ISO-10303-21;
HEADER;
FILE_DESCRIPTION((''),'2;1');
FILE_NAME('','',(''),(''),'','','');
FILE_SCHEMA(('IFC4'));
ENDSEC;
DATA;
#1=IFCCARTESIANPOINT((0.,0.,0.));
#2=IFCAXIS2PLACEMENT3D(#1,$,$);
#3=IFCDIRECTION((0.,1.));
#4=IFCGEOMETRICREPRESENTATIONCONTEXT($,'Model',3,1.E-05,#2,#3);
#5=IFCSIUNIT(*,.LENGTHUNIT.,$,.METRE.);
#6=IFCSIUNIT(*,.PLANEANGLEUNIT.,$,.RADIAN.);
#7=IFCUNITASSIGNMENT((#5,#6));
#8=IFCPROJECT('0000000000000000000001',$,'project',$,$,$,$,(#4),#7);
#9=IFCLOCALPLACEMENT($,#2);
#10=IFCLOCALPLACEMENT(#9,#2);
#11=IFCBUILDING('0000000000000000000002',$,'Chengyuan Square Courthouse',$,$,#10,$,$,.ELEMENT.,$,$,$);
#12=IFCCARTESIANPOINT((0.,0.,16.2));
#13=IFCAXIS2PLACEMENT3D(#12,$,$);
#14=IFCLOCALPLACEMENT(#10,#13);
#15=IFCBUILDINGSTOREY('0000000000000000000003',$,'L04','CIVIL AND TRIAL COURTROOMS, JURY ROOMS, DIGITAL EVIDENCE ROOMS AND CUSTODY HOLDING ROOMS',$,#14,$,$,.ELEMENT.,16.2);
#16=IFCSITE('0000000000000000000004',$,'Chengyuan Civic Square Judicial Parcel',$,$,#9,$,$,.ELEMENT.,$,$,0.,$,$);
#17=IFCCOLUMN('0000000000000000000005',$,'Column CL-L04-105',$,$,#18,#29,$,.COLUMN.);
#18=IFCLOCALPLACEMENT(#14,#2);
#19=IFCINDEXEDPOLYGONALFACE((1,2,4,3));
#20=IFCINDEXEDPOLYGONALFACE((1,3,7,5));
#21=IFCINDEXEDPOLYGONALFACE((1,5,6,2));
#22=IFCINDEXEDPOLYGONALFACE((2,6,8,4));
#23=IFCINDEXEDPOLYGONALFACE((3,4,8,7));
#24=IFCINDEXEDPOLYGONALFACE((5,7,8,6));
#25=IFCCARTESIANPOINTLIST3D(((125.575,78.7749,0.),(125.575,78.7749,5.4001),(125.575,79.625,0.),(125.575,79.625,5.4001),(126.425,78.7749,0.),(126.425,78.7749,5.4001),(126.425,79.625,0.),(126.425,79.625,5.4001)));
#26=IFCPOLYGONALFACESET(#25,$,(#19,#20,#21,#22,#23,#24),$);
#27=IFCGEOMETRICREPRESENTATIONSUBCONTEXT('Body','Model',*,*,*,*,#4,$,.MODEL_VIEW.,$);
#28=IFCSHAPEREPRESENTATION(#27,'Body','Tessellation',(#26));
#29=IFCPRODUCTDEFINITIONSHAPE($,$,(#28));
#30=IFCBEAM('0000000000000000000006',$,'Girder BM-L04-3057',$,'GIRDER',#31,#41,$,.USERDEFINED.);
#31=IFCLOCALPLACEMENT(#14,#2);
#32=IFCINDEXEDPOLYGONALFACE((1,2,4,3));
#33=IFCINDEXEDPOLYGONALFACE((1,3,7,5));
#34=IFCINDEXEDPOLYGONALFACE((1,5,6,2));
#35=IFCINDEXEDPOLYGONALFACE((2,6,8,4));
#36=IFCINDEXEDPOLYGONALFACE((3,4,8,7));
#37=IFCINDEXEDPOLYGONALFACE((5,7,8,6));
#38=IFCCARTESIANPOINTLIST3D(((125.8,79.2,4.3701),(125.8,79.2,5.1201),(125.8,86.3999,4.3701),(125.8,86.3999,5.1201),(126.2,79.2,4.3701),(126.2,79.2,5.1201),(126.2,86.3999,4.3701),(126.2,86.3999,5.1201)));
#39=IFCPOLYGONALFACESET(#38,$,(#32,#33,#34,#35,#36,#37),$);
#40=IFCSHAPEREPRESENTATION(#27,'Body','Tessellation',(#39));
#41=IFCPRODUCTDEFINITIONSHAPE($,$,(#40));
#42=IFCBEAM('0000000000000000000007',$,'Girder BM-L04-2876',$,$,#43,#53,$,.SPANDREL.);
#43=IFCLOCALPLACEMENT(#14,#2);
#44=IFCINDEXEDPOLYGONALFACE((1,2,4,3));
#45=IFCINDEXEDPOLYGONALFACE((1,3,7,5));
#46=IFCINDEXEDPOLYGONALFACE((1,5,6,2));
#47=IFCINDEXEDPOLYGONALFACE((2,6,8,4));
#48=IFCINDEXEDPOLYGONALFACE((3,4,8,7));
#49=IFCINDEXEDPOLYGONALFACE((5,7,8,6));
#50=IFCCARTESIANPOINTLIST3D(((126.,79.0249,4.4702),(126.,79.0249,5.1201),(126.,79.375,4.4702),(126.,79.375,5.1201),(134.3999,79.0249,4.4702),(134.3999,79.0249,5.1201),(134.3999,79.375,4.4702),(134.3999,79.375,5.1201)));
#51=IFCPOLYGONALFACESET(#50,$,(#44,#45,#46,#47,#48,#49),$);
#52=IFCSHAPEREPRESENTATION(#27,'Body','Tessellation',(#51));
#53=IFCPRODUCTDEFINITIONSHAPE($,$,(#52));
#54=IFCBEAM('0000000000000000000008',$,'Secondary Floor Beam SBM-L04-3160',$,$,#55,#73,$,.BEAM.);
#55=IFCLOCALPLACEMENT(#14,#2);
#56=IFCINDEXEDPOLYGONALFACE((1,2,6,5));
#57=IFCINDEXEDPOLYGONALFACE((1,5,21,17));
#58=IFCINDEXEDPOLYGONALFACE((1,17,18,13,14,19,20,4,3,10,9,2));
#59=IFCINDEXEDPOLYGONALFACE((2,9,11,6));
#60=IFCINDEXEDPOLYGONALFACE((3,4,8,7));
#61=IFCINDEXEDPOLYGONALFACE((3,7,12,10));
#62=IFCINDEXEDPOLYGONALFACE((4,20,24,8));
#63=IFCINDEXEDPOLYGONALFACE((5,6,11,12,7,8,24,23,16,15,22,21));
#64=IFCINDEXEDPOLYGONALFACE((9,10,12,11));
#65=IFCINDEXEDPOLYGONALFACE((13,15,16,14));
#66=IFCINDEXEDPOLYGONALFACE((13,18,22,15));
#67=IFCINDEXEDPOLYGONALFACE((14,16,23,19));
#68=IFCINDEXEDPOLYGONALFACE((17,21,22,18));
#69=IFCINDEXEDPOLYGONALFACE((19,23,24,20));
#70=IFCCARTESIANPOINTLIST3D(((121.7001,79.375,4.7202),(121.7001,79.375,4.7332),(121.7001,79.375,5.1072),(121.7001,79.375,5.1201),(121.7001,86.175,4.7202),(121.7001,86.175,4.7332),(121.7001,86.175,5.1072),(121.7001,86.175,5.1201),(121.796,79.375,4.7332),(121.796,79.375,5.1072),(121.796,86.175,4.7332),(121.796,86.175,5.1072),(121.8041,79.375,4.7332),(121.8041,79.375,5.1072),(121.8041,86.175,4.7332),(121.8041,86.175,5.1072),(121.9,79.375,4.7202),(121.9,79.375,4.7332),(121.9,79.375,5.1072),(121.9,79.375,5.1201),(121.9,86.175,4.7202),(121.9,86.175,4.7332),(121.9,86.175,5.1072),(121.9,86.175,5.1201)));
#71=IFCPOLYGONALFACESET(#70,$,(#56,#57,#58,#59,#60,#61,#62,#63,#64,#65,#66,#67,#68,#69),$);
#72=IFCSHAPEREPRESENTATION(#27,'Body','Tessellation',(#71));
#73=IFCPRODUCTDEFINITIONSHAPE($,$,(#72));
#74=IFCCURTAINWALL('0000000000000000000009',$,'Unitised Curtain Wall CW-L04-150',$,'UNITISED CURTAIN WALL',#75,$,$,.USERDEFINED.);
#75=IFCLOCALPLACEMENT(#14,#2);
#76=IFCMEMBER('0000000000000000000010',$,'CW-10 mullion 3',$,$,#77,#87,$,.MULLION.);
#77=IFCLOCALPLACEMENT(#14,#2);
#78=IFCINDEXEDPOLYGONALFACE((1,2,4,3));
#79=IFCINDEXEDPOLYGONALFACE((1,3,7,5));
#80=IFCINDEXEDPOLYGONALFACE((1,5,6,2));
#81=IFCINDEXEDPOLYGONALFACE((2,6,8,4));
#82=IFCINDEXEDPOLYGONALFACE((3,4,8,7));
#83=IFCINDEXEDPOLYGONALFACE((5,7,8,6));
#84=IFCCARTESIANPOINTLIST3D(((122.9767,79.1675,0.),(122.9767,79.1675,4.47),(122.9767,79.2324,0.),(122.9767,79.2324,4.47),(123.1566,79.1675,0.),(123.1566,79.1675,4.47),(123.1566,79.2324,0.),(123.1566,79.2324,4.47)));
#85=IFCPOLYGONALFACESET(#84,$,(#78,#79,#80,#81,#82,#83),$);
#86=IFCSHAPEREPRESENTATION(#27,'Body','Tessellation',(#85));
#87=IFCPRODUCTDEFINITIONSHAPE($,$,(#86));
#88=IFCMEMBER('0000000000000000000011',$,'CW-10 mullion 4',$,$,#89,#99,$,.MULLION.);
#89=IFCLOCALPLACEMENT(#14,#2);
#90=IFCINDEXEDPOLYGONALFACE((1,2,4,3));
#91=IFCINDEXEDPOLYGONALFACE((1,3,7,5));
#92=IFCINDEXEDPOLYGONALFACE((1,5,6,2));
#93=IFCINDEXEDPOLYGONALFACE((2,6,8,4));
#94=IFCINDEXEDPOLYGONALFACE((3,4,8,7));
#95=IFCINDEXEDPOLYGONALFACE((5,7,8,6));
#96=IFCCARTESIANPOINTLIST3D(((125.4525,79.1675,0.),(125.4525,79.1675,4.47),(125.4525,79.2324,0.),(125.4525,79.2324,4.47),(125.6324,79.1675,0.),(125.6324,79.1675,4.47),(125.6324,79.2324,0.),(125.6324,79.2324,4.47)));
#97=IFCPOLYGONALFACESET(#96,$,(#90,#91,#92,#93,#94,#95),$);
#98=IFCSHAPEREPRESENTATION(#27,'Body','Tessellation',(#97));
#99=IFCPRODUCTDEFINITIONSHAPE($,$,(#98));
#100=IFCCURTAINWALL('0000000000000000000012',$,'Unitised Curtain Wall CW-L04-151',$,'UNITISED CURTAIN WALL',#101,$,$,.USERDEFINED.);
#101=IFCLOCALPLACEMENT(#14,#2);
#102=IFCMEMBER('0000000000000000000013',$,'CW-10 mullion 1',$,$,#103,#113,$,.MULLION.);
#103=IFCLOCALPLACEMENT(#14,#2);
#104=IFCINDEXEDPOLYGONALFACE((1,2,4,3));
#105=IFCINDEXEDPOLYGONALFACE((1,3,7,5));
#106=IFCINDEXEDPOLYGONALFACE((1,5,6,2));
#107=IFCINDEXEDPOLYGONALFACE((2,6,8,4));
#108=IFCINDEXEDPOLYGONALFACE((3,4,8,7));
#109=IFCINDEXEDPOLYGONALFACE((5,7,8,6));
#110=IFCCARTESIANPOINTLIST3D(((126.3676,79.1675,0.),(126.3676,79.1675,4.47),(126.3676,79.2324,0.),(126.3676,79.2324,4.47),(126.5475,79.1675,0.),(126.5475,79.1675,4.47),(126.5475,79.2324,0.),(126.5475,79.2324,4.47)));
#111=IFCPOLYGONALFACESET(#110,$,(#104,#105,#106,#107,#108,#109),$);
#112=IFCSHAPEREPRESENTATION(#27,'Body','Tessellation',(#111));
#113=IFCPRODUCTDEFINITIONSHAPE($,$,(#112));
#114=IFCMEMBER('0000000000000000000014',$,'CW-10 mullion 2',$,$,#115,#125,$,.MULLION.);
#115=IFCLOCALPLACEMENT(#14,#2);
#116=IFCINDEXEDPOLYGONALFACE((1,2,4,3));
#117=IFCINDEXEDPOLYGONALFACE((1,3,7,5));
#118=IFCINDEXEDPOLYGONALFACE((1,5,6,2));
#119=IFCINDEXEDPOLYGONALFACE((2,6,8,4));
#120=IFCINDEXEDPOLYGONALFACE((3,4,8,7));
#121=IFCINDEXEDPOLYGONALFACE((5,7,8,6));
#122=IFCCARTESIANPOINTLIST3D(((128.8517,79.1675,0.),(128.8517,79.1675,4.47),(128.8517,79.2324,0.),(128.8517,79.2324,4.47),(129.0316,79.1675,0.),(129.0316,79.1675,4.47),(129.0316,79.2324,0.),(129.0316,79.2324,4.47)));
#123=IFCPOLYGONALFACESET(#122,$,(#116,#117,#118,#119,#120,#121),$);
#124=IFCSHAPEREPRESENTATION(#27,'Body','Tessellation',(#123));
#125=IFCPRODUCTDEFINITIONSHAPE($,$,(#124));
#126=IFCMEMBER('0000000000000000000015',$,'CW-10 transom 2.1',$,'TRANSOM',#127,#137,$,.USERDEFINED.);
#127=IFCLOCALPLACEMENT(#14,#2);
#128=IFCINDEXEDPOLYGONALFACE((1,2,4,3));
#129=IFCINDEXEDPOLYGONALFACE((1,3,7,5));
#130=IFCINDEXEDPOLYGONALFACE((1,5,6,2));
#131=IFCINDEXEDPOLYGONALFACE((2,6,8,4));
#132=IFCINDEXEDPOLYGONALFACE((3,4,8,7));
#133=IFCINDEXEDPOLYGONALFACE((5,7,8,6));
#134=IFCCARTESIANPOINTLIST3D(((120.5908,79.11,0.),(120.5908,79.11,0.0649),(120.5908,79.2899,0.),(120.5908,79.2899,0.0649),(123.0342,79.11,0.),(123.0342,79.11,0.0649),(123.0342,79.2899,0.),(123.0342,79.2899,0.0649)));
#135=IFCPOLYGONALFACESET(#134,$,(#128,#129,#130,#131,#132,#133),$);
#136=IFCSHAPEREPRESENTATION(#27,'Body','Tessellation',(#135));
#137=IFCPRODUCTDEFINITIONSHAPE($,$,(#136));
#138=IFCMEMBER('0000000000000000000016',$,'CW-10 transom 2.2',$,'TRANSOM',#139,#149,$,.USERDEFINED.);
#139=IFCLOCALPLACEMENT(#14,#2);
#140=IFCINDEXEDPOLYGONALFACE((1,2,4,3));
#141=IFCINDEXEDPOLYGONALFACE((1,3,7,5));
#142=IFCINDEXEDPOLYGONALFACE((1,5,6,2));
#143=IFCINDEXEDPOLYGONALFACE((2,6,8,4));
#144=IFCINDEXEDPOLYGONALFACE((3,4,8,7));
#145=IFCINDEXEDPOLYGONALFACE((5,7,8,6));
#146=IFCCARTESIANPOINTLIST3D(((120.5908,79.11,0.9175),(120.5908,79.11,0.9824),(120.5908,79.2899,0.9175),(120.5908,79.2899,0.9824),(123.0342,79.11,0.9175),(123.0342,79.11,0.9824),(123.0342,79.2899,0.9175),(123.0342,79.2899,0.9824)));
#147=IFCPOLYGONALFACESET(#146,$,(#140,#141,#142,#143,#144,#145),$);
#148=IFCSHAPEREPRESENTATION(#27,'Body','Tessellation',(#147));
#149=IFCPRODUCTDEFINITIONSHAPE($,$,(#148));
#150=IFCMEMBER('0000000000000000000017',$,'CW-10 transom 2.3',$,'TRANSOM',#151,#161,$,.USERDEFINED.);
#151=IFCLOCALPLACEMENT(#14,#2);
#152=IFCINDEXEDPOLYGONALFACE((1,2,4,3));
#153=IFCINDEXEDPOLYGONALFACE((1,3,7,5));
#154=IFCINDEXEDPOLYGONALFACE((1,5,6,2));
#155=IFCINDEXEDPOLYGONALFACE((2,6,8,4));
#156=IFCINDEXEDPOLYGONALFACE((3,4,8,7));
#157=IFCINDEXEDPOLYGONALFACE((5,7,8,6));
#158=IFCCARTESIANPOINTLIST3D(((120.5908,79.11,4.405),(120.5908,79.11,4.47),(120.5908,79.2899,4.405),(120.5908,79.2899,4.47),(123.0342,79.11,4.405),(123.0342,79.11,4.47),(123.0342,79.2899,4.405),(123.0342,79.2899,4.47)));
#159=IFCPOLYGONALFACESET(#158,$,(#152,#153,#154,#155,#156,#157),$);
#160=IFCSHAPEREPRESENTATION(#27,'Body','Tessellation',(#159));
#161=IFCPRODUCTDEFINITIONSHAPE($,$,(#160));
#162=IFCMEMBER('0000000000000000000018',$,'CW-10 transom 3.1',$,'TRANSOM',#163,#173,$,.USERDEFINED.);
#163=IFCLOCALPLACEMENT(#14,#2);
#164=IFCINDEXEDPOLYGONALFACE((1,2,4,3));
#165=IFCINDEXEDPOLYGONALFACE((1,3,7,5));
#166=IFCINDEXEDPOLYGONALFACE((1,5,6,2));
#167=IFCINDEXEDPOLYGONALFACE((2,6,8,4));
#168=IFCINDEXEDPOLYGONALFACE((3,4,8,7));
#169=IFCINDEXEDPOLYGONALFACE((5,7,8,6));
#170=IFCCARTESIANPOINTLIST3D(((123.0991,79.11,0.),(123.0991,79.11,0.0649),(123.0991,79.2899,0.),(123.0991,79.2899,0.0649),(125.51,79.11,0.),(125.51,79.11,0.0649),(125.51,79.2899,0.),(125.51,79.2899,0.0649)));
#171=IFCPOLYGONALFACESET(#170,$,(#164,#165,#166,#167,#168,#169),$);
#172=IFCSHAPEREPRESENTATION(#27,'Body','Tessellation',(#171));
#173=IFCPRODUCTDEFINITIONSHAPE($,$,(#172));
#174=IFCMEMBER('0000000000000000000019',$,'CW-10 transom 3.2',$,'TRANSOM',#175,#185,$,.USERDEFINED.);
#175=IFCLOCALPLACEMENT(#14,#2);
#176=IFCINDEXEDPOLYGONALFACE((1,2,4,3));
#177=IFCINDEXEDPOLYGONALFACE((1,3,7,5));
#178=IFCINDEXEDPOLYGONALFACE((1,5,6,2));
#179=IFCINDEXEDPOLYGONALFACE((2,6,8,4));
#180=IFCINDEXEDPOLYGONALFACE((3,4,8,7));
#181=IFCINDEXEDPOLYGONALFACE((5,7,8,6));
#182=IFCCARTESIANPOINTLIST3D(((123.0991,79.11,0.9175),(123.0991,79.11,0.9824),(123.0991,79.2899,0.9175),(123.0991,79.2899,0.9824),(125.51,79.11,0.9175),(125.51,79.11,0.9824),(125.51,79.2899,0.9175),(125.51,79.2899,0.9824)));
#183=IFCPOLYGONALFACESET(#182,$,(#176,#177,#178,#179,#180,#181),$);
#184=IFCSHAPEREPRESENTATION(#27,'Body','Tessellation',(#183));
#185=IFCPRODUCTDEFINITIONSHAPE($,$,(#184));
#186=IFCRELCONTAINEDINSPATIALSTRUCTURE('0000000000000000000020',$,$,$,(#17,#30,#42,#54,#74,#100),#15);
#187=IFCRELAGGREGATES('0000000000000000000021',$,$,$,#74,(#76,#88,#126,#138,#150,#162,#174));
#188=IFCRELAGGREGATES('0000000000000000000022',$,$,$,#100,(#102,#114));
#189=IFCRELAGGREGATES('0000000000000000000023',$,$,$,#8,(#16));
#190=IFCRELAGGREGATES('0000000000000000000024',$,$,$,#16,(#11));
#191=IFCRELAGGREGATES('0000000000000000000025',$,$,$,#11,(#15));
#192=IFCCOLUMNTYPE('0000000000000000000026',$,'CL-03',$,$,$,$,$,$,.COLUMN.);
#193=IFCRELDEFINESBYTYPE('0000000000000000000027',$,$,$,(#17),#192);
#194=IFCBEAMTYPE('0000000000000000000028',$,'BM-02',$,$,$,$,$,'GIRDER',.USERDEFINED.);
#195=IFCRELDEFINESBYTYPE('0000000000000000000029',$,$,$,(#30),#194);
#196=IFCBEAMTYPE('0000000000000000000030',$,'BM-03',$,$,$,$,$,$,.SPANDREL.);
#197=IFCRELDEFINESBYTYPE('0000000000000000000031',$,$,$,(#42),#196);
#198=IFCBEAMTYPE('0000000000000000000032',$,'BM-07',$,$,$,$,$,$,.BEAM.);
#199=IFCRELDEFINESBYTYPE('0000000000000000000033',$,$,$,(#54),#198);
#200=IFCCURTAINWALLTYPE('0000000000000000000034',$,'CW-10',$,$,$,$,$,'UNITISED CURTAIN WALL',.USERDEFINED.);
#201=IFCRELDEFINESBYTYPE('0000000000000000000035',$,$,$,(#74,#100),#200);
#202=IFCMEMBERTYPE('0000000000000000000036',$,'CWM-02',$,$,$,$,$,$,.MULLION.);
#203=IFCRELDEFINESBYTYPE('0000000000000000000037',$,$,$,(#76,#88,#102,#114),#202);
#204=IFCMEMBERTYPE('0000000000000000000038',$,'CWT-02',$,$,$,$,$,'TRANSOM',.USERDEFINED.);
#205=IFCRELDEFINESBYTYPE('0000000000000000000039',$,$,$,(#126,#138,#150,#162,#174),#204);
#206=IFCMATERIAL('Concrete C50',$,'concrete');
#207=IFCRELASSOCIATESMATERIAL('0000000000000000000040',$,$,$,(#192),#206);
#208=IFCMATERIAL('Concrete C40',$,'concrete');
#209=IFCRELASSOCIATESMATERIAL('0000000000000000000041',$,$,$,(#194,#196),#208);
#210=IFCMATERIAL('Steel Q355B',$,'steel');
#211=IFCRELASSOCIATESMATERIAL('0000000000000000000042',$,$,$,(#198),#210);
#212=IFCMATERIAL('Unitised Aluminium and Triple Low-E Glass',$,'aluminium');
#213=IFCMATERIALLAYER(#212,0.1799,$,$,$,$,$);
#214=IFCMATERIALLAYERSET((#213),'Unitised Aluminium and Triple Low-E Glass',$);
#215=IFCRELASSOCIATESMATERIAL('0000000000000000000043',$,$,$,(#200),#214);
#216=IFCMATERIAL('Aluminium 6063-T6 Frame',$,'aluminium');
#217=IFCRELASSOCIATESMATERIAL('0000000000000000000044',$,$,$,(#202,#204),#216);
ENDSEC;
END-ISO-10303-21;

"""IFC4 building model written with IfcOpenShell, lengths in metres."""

from ifc_helpers import new_model, si_unit, direction, frame, origin, origin_2d, place, context, subcontext, project, spatial, rectangle, i_section, extrude, material, layer, layer_set, material_profile, profile_set, type_object, element, aggregate, save


model = new_model("IFC4")

# Units and contexts
model_context = context("Model", 3, precision=1e-05, world=origin(), true_north=direction((0.0, 1.0)))
body_context = subcontext(model_context, "Body", "Model", "MODEL_VIEW")
ifc_project = project(units=[si_unit("LENGTHUNIT", "METRE"), si_unit("PLANEANGLEUNIT", "RADIAN")], contexts=[model_context])

# Site, building, storey
site_placement = place(None, origin())
site = spatial("IfcSite", under=ifc_project, at=site_placement, Name="Chengyuan Civic Square Judicial Parcel", CompositionType="ELEMENT", RefElevation=0.0)
building_placement = place(site_placement, origin())
building = spatial("IfcBuilding", under=site, at=building_placement, Name="Chengyuan Square Courthouse", CompositionType="ELEMENT")
storey_placement = place(building_placement, frame((0.0, 0.0, 16.2)))
storey = spatial("IfcBuildingStorey", under=building, at=storey_placement, Name="L04", Description="CIVIL AND TRIAL COURTROOMS, JURY ROOMS, DIGITAL EVIDENCE ROOMS AND CUSTODY HOLDING ROOMS", CompositionType="ELEMENT", Elevation=16.2)

# Column
ifc_material_1 = material(Name="Concrete C50", Category="concrete")
ifc_material_profile_1 = material_profile(ifc_material_1, rectangle(XDim=0.8501, YDim=0.8501, at=origin_2d()), Name="RC-COL-850x850")
ifc_profile_set_1 = profile_set([ifc_material_profile_1], Name="Concrete C50")
column_type = type_object("IfcColumnType", Name="CL-03", PredefinedType="COLUMN", material=ifc_profile_set_1)
column_placement = place(storey_placement, frame((126.0, 79.2, 0.0), z_axis=(0.0, 0.0, 1.0), x_axis=(1.0, 0.0, 0.0)))
element("IfcColumn", 1, at=column_placement, inside=storey, type_object=column_type, Name="Column CL-L04-105", PredefinedType="COLUMN", context=body_context, shape_type="SweptSolid", body=[
    extrude(rectangle(XDim=0.8501, YDim=0.8501, at=origin_2d()), origin(), (0.0, 0.0, 1.0), 5.4001),
])

# Beams
ifc_material_2 = material(Name="Concrete C40", Category="concrete")
ifc_material_profile_2 = material_profile(ifc_material_2, rectangle(XDim=0.3999, YDim=0.75, at=origin_2d()), Name="RC-BM-400x750")
ifc_profile_set_2 = profile_set([ifc_material_profile_2], Name="Concrete C40")
beam_type_1 = type_object("IfcBeamType", Name="BM-02", ElementType="GIRDER", PredefinedType="USERDEFINED", material=ifc_profile_set_2)
beam_1_placement = place(storey_placement, frame((126.0, 79.2, 4.7451), z_axis=(0.0, 1.0, 0.0), x_axis=(-1.0, 0.0, 0.0)))
element("IfcBeam", 2, at=beam_1_placement, inside=storey, type_object=beam_type_1, Name="Girder BM-L04-3057", ObjectType="GIRDER", PredefinedType="USERDEFINED", context=body_context, shape_type="SweptSolid", body=[
    extrude(rectangle(XDim=0.3999, YDim=0.75, at=origin_2d()), origin(), (0.0, 0.0, 1.0), 7.2),
])
ifc_material_profile_3 = material_profile(ifc_material_2, rectangle(XDim=0.3501, YDim=0.6499, at=origin_2d()), Name="RC-BM-350x650")
ifc_profile_set_3 = profile_set([ifc_material_profile_3], Name="Concrete C40")
beam_type_2 = type_object("IfcBeamType", Name="BM-03", PredefinedType="SPANDREL", material=ifc_profile_set_3)
beam_2_placement = place(storey_placement, frame((126.0, 79.2, 4.7952), z_axis=(1.0, 0.0, 0.0), x_axis=(0.0, 1.0, 0.0)))
element("IfcBeam", 3, at=beam_2_placement, inside=storey, type_object=beam_type_2, Name="Girder BM-L04-2876", PredefinedType="SPANDREL", context=body_context, shape_type="SweptSolid", body=[
    extrude(rectangle(XDim=0.3501, YDim=0.6499, at=origin_2d()), origin(), (0.0, 0.0, 1.0), 8.3999),
])
ifc_material_3 = material(Name="Steel Q355B", Category="steel")
ifc_material_profile_4 = material_profile(ifc_material_3, i_section(OverallWidth=0.2, OverallDepth=0.3999, WebThickness=0.0081, FlangeThickness=0.0129, at=origin_2d()), Name="HN 400x200x8x13")
ifc_profile_set_4 = profile_set([ifc_material_profile_4], Name="Steel Q355B")
beam_type_3 = type_object("IfcBeamType", Name="BM-07", PredefinedType="BEAM", material=ifc_profile_set_4)
beam_3_placement = place(storey_placement, frame((121.8, 79.375, 4.9202), z_axis=(0.0, 1.0, 0.0), x_axis=(-1.0, 0.0, 0.0)))
element("IfcBeam", 4, at=beam_3_placement, inside=storey, type_object=beam_type_3, Name="Secondary Floor Beam SBM-L04-3160", PredefinedType="BEAM", context=body_context, shape_type="SweptSolid", body=[
    extrude(i_section(OverallWidth=0.2, OverallDepth=0.3999, WebThickness=0.0081, FlangeThickness=0.0129, at=origin_2d()), origin(), (0.0, 0.0, 1.0), 6.8),
])

# Curtain walls, members
ifc_material_4 = material(Name="Unitised Aluminium and Triple Low-E Glass", Category="aluminium")
ifc_layer_1 = layer(ifc_material_4, 0.1799)
ifc_layer_set_1 = layer_set([ifc_layer_1], Name="Unitised Aluminium and Triple Low-E Glass")
curtain_wall_type = type_object("IfcCurtainWallType", Name="CW-10", ElementType="UNITISED CURTAIN WALL", PredefinedType="USERDEFINED", material=ifc_layer_set_1)
curtain_wall_1_placement = place(storey_placement, origin())
curtain_wall_1 = element("IfcCurtainWall", 5, at=curtain_wall_1_placement, inside=storey, type_object=curtain_wall_type, Name="Unitised Curtain Wall CW-L04-150", ObjectType="UNITISED CURTAIN WALL", PredefinedType="USERDEFINED")
ifc_material_5 = material(Name="Aluminium 6063-T6 Frame", Category="aluminium")
ifc_material_profile_5 = material_profile(ifc_material_5, rectangle(XDim=0.0649, YDim=0.1799, at=origin_2d()), Name="CW-MUL-65x180")
ifc_profile_set_5 = profile_set([ifc_material_profile_5], Name="Aluminium 6063-T6 Frame")
member_type_1 = type_object("IfcMemberType", Name="CWM-02", PredefinedType="MULLION", material=ifc_profile_set_5)
member_1_placement = place(storey_placement, frame((123.0667, 79.2, 0.0), z_axis=(0.0, 0.0, 1.0), x_axis=(0.0, 1.0, 0.0)))
member_1 = element("IfcMember", 6, at=member_1_placement, type_object=member_type_1, Name="CW-10 mullion 3", PredefinedType="MULLION", context=body_context, shape_type="SweptSolid", body=[
    extrude(rectangle(XDim=0.0649, YDim=0.1799, at=origin_2d()), origin(), (0.0, 0.0, 1.0), 4.47),
])
member_2_placement = place(storey_placement, frame((125.5425, 79.2, 0.0), z_axis=(0.0, 0.0, 1.0), x_axis=(0.0, 1.0, 0.0)))
member_2 = element("IfcMember", 7, at=member_2_placement, type_object=member_type_1, Name="CW-10 mullion 4", PredefinedType="MULLION", context=body_context, shape_type="SweptSolid", body=[
    extrude(rectangle(XDim=0.0649, YDim=0.1799, at=origin_2d()), origin(), (0.0, 0.0, 1.0), 4.47),
])
curtain_wall_2_placement = place(storey_placement, origin())
curtain_wall_2 = element("IfcCurtainWall", 8, at=curtain_wall_2_placement, inside=storey, type_object=curtain_wall_type, Name="Unitised Curtain Wall CW-L04-151", ObjectType="UNITISED CURTAIN WALL", PredefinedType="USERDEFINED")
member_3_placement = place(storey_placement, frame((126.4575, 79.2, 0.0), z_axis=(0.0, 0.0, 1.0), x_axis=(0.0, 1.0, 0.0)))
member_3 = element("IfcMember", 9, at=member_3_placement, type_object=member_type_1, Name="CW-10 mullion 1", PredefinedType="MULLION", context=body_context, shape_type="SweptSolid", body=[
    extrude(rectangle(XDim=0.0649, YDim=0.1799, at=origin_2d()), origin(), (0.0, 0.0, 1.0), 4.47),
])
member_4_placement = place(storey_placement, frame((128.9417, 79.2, 0.0), z_axis=(0.0, 0.0, 1.0), x_axis=(0.0, 1.0, 0.0)))
member_4 = element("IfcMember", 10, at=member_4_placement, type_object=member_type_1, Name="CW-10 mullion 2", PredefinedType="MULLION", context=body_context, shape_type="SweptSolid", body=[
    extrude(rectangle(XDim=0.0649, YDim=0.1799, at=origin_2d()), origin(), (0.0, 0.0, 1.0), 4.47),
])

# Members
ifc_material_profile_6 = material_profile(ifc_material_5, rectangle(XDim=0.1799, YDim=0.0649, at=origin_2d()), Name="CW-TRN-65x140")
ifc_profile_set_6 = profile_set([ifc_material_profile_6], Name="Aluminium 6063-T6 Frame")
member_type_2 = type_object("IfcMemberType", Name="CWT-02", ElementType="TRANSOM", PredefinedType="USERDEFINED", material=ifc_profile_set_6)
member_5_placement = place(storey_placement, frame((120.5908, 79.2, 0.0325), z_axis=(1.0, 0.0, 0.0), x_axis=(0.0, 1.0, 0.0)))
member_5 = element("IfcMember", 11, at=member_5_placement, type_object=member_type_2, Name="CW-10 transom 2.1", ObjectType="TRANSOM", PredefinedType="USERDEFINED", context=body_context, shape_type="SweptSolid", body=[
    extrude(rectangle(XDim=0.1799, YDim=0.0649, at=origin_2d()), origin(), (0.0, 0.0, 1.0), 2.4434),
])
member_6_placement = place(storey_placement, frame((120.5908, 79.2, 0.95), z_axis=(1.0, 0.0, 0.0), x_axis=(0.0, 1.0, 0.0)))
member_6 = element("IfcMember", 12, at=member_6_placement, type_object=member_type_2, Name="CW-10 transom 2.2", ObjectType="TRANSOM", PredefinedType="USERDEFINED", context=body_context, shape_type="SweptSolid", body=[
    extrude(rectangle(XDim=0.1799, YDim=0.0649, at=origin_2d()), origin(), (0.0, 0.0, 1.0), 2.4434),
])
member_7_placement = place(storey_placement, frame((120.5908, 79.2, 4.4375), z_axis=(1.0, 0.0, 0.0), x_axis=(0.0, 1.0, 0.0)))
member_7 = element("IfcMember", 13, at=member_7_placement, type_object=member_type_2, Name="CW-10 transom 2.3", ObjectType="TRANSOM", PredefinedType="USERDEFINED", context=body_context, shape_type="SweptSolid", body=[
    extrude(rectangle(XDim=0.1799, YDim=0.0649, at=origin_2d()), origin(), (0.0, 0.0, 1.0), 2.4434),
])
member_8_placement = place(storey_placement, frame((123.0991, 79.2, 0.0325), z_axis=(1.0, 0.0, 0.0), x_axis=(0.0, 1.0, 0.0)))
member_8 = element("IfcMember", 14, at=member_8_placement, type_object=member_type_2, Name="CW-10 transom 3.1", ObjectType="TRANSOM", PredefinedType="USERDEFINED", context=body_context, shape_type="SweptSolid", body=[
    extrude(rectangle(XDim=0.1799, YDim=0.0649, at=origin_2d()), origin(), (0.0, 0.0, 1.0), 2.4109),
])
member_9_placement = place(storey_placement, frame((123.0991, 79.2, 0.95), z_axis=(1.0, 0.0, 0.0), x_axis=(0.0, 1.0, 0.0)))
member_9 = element("IfcMember", 15, at=member_9_placement, type_object=member_type_2, Name="CW-10 transom 3.2", ObjectType="TRANSOM", PredefinedType="USERDEFINED", context=body_context, shape_type="SweptSolid", body=[
    extrude(rectangle(XDim=0.1799, YDim=0.0649, at=origin_2d()), origin(), (0.0, 0.0, 1.0), 2.4109),
])

aggregate(curtain_wall_1, [member_1, member_2, member_5, member_6, member_7, member_8, member_9])
aggregate(curtain_wall_2, [member_3, member_4])

save(model, "model.ifc")
